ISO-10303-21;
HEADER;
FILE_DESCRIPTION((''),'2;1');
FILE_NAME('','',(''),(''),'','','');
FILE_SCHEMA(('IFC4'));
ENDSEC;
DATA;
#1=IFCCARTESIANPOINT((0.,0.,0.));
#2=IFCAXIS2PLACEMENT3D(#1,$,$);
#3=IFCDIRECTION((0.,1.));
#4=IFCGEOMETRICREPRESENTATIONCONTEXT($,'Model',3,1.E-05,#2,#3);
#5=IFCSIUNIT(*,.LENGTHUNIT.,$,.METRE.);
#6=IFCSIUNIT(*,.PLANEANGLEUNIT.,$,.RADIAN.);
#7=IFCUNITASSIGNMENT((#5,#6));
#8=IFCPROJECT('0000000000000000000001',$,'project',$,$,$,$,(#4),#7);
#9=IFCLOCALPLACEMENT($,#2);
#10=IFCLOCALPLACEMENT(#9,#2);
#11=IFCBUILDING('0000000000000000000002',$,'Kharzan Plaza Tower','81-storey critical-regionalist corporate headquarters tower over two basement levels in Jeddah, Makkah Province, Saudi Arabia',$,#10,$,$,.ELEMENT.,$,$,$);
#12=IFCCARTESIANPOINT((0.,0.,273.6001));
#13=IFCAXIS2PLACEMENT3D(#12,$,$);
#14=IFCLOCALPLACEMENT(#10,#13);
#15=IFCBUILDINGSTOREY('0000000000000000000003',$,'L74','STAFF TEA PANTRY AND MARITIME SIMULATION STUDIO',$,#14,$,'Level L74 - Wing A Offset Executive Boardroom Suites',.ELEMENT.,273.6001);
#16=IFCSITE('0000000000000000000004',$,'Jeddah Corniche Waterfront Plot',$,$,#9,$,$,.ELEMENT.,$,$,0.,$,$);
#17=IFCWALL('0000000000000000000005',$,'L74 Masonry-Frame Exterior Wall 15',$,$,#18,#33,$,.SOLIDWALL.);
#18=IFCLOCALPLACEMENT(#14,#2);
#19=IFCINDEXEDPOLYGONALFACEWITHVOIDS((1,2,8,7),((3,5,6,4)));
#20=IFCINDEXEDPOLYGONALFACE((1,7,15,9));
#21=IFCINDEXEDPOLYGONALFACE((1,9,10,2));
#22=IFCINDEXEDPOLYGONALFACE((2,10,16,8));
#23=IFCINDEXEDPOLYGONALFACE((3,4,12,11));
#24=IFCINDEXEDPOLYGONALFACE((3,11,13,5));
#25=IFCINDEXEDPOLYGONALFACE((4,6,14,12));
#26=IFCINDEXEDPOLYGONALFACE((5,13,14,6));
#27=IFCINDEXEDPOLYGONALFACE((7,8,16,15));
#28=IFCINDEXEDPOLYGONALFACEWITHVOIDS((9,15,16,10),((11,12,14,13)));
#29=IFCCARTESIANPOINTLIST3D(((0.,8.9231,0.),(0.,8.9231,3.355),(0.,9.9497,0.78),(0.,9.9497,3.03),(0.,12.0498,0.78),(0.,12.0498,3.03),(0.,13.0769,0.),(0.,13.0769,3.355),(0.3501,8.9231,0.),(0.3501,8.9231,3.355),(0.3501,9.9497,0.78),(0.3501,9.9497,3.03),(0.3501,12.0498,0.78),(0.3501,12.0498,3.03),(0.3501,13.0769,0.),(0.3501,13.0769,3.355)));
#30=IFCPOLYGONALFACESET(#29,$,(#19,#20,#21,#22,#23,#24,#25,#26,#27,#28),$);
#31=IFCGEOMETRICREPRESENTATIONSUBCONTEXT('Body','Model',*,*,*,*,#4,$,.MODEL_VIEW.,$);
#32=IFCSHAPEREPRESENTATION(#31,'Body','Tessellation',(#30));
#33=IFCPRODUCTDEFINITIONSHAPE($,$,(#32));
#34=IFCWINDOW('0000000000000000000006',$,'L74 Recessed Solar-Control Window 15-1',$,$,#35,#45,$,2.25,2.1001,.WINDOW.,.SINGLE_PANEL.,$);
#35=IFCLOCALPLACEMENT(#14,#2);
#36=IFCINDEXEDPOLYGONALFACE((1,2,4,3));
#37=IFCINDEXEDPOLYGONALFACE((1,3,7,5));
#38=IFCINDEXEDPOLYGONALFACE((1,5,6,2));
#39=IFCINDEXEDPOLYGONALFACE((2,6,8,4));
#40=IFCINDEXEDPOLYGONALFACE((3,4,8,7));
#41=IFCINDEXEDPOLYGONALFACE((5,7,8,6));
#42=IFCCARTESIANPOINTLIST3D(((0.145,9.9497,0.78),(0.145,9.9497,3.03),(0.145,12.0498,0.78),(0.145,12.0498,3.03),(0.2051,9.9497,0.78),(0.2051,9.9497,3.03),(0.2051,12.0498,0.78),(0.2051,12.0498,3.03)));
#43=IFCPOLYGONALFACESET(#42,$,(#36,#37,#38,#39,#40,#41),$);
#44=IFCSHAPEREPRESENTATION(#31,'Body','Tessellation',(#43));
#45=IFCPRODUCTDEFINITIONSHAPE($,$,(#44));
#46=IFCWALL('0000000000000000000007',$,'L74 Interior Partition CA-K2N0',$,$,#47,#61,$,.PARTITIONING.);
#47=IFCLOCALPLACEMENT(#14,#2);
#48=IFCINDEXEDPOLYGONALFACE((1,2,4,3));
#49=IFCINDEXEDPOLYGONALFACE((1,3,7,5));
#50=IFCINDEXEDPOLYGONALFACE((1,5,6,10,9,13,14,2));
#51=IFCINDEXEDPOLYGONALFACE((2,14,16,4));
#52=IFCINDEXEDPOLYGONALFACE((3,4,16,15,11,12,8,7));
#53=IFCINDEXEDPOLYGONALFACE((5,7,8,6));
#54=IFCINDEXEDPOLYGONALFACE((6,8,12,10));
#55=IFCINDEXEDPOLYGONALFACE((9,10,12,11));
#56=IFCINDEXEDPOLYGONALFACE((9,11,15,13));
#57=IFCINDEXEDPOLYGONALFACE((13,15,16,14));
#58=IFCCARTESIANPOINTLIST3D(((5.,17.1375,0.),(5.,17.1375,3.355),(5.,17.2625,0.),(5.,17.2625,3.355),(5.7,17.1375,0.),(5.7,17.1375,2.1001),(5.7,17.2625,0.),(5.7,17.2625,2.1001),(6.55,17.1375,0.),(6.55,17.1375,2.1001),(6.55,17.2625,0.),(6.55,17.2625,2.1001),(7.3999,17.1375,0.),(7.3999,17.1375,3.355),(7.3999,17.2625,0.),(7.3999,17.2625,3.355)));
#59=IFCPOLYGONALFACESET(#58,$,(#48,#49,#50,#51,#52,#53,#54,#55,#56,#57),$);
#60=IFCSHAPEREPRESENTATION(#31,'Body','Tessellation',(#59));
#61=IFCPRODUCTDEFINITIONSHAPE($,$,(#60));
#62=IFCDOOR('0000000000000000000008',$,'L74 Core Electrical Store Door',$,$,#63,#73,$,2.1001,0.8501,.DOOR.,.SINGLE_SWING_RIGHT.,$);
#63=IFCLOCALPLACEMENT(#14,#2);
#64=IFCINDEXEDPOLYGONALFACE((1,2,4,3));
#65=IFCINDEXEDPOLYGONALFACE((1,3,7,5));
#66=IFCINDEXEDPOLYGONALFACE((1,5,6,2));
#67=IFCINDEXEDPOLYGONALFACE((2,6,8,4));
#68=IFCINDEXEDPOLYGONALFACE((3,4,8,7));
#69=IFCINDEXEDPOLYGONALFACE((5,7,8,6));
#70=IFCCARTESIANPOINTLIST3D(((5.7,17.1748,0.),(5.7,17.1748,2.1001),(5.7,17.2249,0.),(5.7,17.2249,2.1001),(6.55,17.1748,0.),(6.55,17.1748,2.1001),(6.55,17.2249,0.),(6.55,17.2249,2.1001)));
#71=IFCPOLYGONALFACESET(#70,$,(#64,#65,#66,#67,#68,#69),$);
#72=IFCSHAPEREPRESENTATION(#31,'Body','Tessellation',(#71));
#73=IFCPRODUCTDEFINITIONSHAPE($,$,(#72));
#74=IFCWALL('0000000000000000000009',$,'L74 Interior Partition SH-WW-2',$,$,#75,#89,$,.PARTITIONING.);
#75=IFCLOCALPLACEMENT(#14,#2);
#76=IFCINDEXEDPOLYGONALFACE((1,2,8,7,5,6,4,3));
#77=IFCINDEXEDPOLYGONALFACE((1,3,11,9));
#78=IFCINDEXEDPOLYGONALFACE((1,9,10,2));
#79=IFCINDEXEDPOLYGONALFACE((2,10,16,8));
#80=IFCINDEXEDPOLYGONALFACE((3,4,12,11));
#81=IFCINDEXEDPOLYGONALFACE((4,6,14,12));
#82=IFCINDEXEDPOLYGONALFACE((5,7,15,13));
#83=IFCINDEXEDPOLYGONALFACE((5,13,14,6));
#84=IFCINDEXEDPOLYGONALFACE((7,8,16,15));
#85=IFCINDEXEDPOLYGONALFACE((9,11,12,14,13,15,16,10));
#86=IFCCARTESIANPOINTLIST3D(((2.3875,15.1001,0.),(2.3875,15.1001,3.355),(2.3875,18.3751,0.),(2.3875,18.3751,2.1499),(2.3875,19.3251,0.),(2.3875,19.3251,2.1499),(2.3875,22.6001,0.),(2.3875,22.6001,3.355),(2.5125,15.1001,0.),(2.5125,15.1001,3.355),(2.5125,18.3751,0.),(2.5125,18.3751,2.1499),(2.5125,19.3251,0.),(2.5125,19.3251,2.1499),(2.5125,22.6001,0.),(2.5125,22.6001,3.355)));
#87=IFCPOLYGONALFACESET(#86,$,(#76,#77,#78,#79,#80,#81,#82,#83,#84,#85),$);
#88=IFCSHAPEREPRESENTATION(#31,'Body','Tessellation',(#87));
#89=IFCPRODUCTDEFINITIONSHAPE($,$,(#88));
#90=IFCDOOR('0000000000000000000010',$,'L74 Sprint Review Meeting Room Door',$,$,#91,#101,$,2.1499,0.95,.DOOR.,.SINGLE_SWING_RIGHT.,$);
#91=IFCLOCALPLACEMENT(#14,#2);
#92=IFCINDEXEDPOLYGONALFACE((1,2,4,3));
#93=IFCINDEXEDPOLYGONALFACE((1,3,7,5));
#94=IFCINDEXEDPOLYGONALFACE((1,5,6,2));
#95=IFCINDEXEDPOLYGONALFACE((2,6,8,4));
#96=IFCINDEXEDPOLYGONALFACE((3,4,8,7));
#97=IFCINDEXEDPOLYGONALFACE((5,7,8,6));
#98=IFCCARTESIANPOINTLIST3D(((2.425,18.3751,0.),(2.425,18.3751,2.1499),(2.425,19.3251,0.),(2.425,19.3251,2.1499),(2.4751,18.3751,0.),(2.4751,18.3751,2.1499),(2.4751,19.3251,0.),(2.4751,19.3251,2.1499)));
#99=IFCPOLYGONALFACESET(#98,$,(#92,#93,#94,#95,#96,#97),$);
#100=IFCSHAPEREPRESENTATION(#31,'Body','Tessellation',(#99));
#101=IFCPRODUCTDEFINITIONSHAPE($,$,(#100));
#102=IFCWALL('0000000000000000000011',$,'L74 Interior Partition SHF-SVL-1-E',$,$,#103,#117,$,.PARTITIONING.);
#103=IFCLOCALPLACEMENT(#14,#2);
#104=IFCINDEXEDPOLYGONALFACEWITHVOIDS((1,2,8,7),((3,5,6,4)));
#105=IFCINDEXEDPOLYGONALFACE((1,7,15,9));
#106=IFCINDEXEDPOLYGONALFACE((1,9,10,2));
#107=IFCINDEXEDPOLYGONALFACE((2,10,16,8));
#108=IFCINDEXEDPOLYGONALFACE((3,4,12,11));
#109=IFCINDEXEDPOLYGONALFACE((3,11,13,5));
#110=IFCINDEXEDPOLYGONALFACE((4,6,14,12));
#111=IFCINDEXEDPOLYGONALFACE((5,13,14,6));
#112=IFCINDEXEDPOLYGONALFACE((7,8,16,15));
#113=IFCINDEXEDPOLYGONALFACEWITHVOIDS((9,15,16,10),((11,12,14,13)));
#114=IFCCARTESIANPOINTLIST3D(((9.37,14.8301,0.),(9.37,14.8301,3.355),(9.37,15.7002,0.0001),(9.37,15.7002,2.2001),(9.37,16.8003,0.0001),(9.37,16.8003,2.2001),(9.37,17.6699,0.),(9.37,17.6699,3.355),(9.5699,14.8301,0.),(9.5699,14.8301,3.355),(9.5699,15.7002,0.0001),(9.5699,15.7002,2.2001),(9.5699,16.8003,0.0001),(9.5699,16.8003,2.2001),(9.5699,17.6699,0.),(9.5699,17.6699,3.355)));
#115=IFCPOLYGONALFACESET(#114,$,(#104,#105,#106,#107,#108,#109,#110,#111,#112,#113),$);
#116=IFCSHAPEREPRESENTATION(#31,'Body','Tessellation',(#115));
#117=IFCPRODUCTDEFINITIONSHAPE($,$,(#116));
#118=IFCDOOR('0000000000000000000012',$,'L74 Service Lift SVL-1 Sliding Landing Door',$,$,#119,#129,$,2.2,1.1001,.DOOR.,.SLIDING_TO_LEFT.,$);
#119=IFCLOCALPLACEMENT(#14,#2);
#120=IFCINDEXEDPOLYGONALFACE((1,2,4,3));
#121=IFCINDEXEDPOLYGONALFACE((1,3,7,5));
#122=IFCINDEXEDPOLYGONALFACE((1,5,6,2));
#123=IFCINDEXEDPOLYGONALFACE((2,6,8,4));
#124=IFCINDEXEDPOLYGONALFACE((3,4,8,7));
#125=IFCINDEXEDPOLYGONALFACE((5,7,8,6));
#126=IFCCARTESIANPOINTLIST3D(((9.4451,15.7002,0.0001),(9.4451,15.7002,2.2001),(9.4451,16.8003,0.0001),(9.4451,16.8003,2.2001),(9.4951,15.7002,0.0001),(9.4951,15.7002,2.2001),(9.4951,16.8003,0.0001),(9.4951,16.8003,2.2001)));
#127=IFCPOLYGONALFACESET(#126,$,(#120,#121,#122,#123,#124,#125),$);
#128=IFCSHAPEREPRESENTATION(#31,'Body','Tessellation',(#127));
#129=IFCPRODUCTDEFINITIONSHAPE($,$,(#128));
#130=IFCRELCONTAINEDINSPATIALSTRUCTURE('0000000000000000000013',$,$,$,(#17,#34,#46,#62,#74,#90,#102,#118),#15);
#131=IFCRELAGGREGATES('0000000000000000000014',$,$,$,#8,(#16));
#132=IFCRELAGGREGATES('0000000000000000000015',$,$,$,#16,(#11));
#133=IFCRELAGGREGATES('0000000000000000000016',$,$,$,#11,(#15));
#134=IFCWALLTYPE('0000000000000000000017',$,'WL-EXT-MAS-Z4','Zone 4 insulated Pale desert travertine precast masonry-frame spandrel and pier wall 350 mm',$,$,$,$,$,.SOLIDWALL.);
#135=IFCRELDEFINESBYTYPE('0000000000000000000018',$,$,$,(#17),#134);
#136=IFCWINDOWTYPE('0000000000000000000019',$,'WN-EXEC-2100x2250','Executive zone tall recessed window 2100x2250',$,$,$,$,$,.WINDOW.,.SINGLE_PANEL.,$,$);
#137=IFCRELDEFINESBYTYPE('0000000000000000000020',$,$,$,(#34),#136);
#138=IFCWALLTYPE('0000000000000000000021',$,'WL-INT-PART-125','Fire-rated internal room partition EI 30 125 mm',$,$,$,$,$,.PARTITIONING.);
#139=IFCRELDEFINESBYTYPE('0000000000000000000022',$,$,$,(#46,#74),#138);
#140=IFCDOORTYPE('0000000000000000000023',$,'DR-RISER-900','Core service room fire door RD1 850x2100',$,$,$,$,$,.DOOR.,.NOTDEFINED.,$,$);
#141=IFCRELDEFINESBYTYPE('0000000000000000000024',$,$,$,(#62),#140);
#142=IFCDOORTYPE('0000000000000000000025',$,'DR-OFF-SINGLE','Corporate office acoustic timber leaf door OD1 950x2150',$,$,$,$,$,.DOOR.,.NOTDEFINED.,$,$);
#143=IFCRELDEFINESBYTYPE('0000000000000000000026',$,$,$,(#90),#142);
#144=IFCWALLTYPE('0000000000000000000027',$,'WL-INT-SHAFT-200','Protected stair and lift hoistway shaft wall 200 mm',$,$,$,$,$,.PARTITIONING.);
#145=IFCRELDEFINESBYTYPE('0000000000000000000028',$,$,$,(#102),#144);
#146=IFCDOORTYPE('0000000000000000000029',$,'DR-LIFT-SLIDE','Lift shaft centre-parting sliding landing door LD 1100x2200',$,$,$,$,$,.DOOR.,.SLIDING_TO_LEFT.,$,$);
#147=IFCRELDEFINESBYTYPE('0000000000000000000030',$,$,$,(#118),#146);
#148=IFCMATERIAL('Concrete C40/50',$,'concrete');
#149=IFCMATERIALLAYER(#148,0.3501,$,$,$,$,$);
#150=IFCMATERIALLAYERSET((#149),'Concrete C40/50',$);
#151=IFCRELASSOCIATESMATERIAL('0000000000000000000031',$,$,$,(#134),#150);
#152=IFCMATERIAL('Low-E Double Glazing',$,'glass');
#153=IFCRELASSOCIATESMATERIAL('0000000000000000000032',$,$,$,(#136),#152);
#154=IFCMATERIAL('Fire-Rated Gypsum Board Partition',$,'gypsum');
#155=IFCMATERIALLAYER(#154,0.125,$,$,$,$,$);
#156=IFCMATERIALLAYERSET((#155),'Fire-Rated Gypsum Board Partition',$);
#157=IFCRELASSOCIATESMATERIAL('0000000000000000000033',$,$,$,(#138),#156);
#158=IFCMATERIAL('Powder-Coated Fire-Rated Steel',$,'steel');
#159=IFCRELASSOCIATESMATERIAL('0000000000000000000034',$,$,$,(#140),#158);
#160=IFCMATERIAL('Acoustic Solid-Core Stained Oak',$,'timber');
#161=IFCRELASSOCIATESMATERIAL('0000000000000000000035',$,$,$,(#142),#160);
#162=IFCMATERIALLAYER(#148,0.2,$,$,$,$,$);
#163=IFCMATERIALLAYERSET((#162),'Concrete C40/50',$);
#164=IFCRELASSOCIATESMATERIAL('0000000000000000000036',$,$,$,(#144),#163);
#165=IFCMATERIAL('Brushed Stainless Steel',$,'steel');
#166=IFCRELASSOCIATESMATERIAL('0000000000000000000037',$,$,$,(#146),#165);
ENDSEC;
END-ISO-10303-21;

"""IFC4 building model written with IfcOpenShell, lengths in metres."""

from ifc_helpers import new_model, si_unit, direction, frame, frame_2d, origin, place, context, subcontext, project, spatial, rectangle, extrude, source, transform, mapped, material, layer, layer_set, type_object, element, fill, save


model = new_model("IFC4")

# Units and contexts
model_context = context("Model", 3, precision=1e-05, world=origin(), true_north=direction((0.0, 1.0)))
body_context = subcontext(model_context, "Body", "Model", "MODEL_VIEW")
ifc_project = project(units=[si_unit("LENGTHUNIT", "METRE"), si_unit("PLANEANGLEUNIT", "RADIAN")], contexts=[model_context])

# Site, building, storey
site_placement = place(None, origin())
site = spatial("IfcSite", under=ifc_project, at=site_placement, Name="Jeddah Corniche Waterfront Plot", CompositionType="ELEMENT", RefElevation=0.0)
building_placement = place(site_placement, origin())
building = spatial("IfcBuilding", under=site, at=building_placement, Name="Kharzan Plaza Tower", Description="81-storey critical-regionalist corporate headquarters tower over two basement levels in Jeddah, Makkah Province, Saudi Arabia", CompositionType="ELEMENT")
storey_placement = place(building_placement, frame((0.0, 0.0, 273.6001)))
storey = spatial("IfcBuildingStorey", under=building, at=storey_placement, Name="L74", Description="STAFF TEA PANTRY AND MARITIME SIMULATION STUDIO", LongName="Level L74 - Wing A Offset Executive Boardroom Suites", CompositionType="ELEMENT", Elevation=273.6001)

# Wall, opening, window
ifc_material_1 = material(Name="Concrete C40/50", Category="concrete")
ifc_layer_1 = layer(ifc_material_1, 0.3501)
ifc_layer_set_1 = layer_set([ifc_layer_1], Name="Concrete C40/50")
wall_type_1 = type_object("IfcWallType", Name="WL-EXT-MAS-Z4", Description="Zone 4 insulated Pale desert travertine precast masonry-frame spandrel and pier wall 350 mm", PredefinedType="SOLIDWALL", material=ifc_layer_set_1)
ifc_material_2 = material(Name="Low-E Double Glazing", Category="glass")
wall_1_placement = place(storey_placement, frame((0.175, 13.0769, 0.0), z_axis=(0.0, 0.0, 1.0), x_axis=(0.0, -1.0, 0.0)))
wall_1 = element("IfcWall", 1, at=wall_1_placement, inside=storey, type_object=wall_type_1, Name="L74 Masonry-Frame Exterior Wall 15", PredefinedType="SOLIDWALL", context=body_context, shape_type="SweptSolid", body=[
    extrude(rectangle(XDim=4.1538, YDim=0.3501, at=frame_2d((2.0769, 0.0))), origin(), (0.0, 0.0, 1.0), 3.355),
])
opening_1_placement = place(wall_1_placement, frame((1.0271, 0.0, 0.78)))
opening_1 = element("IfcOpeningElement", 2, at=opening_1_placement, cuts=wall_1, PredefinedType="OPENING", context=body_context, shape_type="SweptSolid", body=[
    extrude(rectangle(XDim=2.1001, YDim=2.25, at=frame_2d((1.05, 1.125))), frame((0.0, 0.1851, 0.0), z_axis=(0.0, -1.0, 0.0), x_axis=(1.0, 0.0, 0.0)), (0.0, 0.0, 1.0), 0.3701),
])
window_type_1 = type_object("IfcWindowType", Name="WN-EXEC-2100x2250", Description="Executive zone tall recessed window 2100x2250", PartitioningType="SINGLE_PANEL", PredefinedType="WINDOW", material=ifc_material_2)
shared_shape_1 = source(origin(), body_context, "Body", "SweptSolid", [
    extrude(rectangle(XDim=2.1001, YDim=2.25, at=frame_2d((1.05, 1.125))), frame((0.0, 0.03, 0.0), z_axis=(0.0, -1.0, 0.0), x_axis=(1.0, 0.0, 0.0)), (0.0, 0.0, 1.0), 0.0601),
])
window_1_placement = place(opening_1_placement, origin())
window_1 = element("IfcWindow", 3, at=window_1_placement, inside=storey, type_object=window_type_1, Name="L74 Recessed Solar-Control Window 15-1", OverallHeight=2.25, OverallWidth=2.1001, PartitioningType="SINGLE_PANEL", PredefinedType="WINDOW", context=body_context, shape_type="MappedRepresentation", body=[
    mapped(shared_shape_1, transform((0.0, 0.0, 0.0), x_axis=(1.0, 0.0, 0.0), y_axis=(0.0, 1.0, 0.0), z_axis=(0.0, 0.0, 1.0))),
])
fill(opening_1, window_1)

# Walls, openings, doors
ifc_material_3 = material(Name="Fire-Rated Gypsum Board Partition", Category="gypsum")
ifc_layer_2 = layer(ifc_material_3, 0.125)
ifc_layer_set_2 = layer_set([ifc_layer_2], Name="Fire-Rated Gypsum Board Partition")
wall_type_2 = type_object("IfcWallType", Name="WL-INT-PART-125", Description="Fire-rated internal room partition EI 30 125 mm", PredefinedType="PARTITIONING", material=ifc_layer_set_2)
wall_2_placement = place(storey_placement, frame((5.0, 17.2, 0.0), z_axis=(0.0, 0.0, 1.0), x_axis=(1.0, 0.0, 0.0)))
wall_2 = element("IfcWall", 4, at=wall_2_placement, inside=storey, type_object=wall_type_2, Name="L74 Interior Partition CA-K2N0", PredefinedType="PARTITIONING", context=body_context, shape_type="SweptSolid", body=[
    extrude(rectangle(XDim=2.3999, YDim=0.125, at=frame_2d((1.2, 0.0))), origin(), (0.0, 0.0, 1.0), 3.355),
])
opening_2_placement = place(wall_2_placement, frame((0.7, 0.0, 0.0)))
opening_2 = element("IfcOpeningElement", 5, at=opening_2_placement, cuts=wall_2, PredefinedType="OPENING", context=body_context, shape_type="SweptSolid", body=[
    extrude(rectangle(XDim=0.8501, YDim=2.1001, at=frame_2d((0.425, 1.05))), frame((0.0, 0.0725, 0.0), z_axis=(0.0, -1.0, 0.0), x_axis=(1.0, 0.0, 0.0)), (0.0, 0.0, 1.0), 0.145),
])
ifc_material_4 = material(Name="Powder-Coated Fire-Rated Steel", Category="steel")
door_type_1 = type_object("IfcDoorType", Name="DR-RISER-900", Description="Core service room fire door RD1 850x2100", OperationType="NOTDEFINED", PredefinedType="DOOR", material=ifc_material_4)
shared_shape_2 = source(origin(), body_context, "Body", "SweptSolid", [
    extrude(rectangle(XDim=0.8501, YDim=2.1001, at=frame_2d((0.425, 1.05))), frame((0.0, 0.0249, 0.0), z_axis=(0.0, -1.0, 0.0), x_axis=(1.0, 0.0, 0.0)), (0.0, 0.0, 1.0), 0.05),
])
door_1_placement = place(opening_2_placement, origin())
door_1 = element("IfcDoor", 6, at=door_1_placement, inside=storey, type_object=door_type_1, Name="L74 Core Electrical Store Door", OperationType="SINGLE_SWING_RIGHT", OverallHeight=2.1001, OverallWidth=0.8501, PredefinedType="DOOR", context=body_context, shape_type="MappedRepresentation", body=[
    mapped(shared_shape_2, transform((0.0, 0.0, 0.0), x_axis=(1.0, 0.0, 0.0), y_axis=(0.0, 1.0, 0.0), z_axis=(0.0, 0.0, 1.0))),
])
fill(opening_2, door_1)
wall_3_placement = place(storey_placement, frame((2.45, 15.1001, 0.0), z_axis=(0.0, 0.0, 1.0), x_axis=(0.0, 1.0, 0.0)))
wall_3 = element("IfcWall", 7, at=wall_3_placement, inside=storey, type_object=wall_type_2, Name="L74 Interior Partition SH-WW-2", PredefinedType="PARTITIONING", context=body_context, shape_type="SweptSolid", body=[
    extrude(rectangle(XDim=7.5, YDim=0.125, at=frame_2d((3.75, 0.0))), origin(), (0.0, 0.0, 1.0), 3.355),
])
opening_3_placement = place(wall_3_placement, frame((3.2749, 0.0, 0.0)))
opening_3 = element("IfcOpeningElement", 8, at=opening_3_placement, cuts=wall_3, PredefinedType="OPENING", context=body_context, shape_type="SweptSolid", body=[
    extrude(rectangle(XDim=0.95, YDim=2.1499, at=frame_2d((0.4751, 1.075))), frame((0.0, 0.0725, 0.0), z_axis=(0.0, -1.0, 0.0), x_axis=(1.0, 0.0, 0.0)), (0.0, 0.0, 1.0), 0.145),
])
ifc_material_5 = material(Name="Acoustic Solid-Core Stained Oak", Category="timber")
door_type_2 = type_object("IfcDoorType", Name="DR-OFF-SINGLE", Description="Corporate office acoustic timber leaf door OD1 950x2150", OperationType="NOTDEFINED", PredefinedType="DOOR", material=ifc_material_5)
shared_shape_3 = source(origin(), body_context, "Body", "SweptSolid", [
    extrude(rectangle(XDim=0.95, YDim=2.1499, at=frame_2d((0.4751, 1.075))), frame((0.0, 0.0249, 0.0), z_axis=(0.0, -1.0, 0.0), x_axis=(1.0, 0.0, 0.0)), (0.0, 0.0, 1.0), 0.05),
])
door_2_placement = place(opening_3_placement, origin())
door_2 = element("IfcDoor", 9, at=door_2_placement, inside=storey, type_object=door_type_2, Name="L74 Sprint Review Meeting Room Door", OperationType="SINGLE_SWING_RIGHT", OverallHeight=2.1499, OverallWidth=0.95, PredefinedType="DOOR", context=body_context, shape_type="MappedRepresentation", body=[
    mapped(shared_shape_3, transform((0.0, 0.0, 0.0), x_axis=(1.0, 0.0, 0.0), y_axis=(0.0, 1.0, 0.0), z_axis=(0.0, 0.0, 1.0))),
])
fill(opening_3, door_2)
ifc_layer_3 = layer(ifc_material_1, 0.2)
ifc_layer_set_3 = layer_set([ifc_layer_3], Name="Concrete C40/50")
wall_type_3 = type_object("IfcWallType", Name="WL-INT-SHAFT-200", Description="Protected stair and lift hoistway shaft wall 200 mm", PredefinedType="PARTITIONING", material=ifc_layer_set_3)
wall_4_placement = place(storey_placement, frame((9.47, 14.8301, 0.0), z_axis=(0.0, 0.0, 1.0), x_axis=(0.0, 1.0, 0.0)))
wall_4 = element("IfcWall", 10, at=wall_4_placement, inside=storey, type_object=wall_type_3, Name="L74 Interior Partition SHF-SVL-1-E", PredefinedType="PARTITIONING", context=body_context, shape_type="SweptSolid", body=[
    extrude(rectangle(XDim=2.8398, YDim=0.2, at=frame_2d((1.4199, 0.0))), origin(), (0.0, 0.0, 1.0), 3.355),
])
opening_4_placement = place(wall_4_placement, frame((0.8701, 0.0, 0.0)))
opening_4 = element("IfcOpeningElement", 11, at=opening_4_placement, cuts=wall_4, PredefinedType="OPENING", context=body_context, shape_type="SweptSolid", body=[
    extrude(rectangle(XDim=1.1001, YDim=2.2, at=frame_2d((0.55, 1.1001))), frame((0.0, 0.1099, 0.0), z_axis=(0.0, -1.0, 0.0), x_axis=(1.0, 0.0, 0.0)), (0.0, 0.0, 1.0), 0.22),
])
ifc_material_6 = material(Name="Brushed Stainless Steel", Category="steel")
door_type_3 = type_object("IfcDoorType", Name="DR-LIFT-SLIDE", Description="Lift shaft centre-parting sliding landing door LD 1100x2200", OperationType="SLIDING_TO_LEFT", PredefinedType="DOOR", material=ifc_material_6)
shared_shape_4 = source(origin(), body_context, "Body", "SweptSolid", [
    extrude(rectangle(XDim=1.1001, YDim=2.2, at=frame_2d((0.55, 1.1001))), frame((0.0, 0.0249, 0.0), z_axis=(0.0, -1.0, 0.0), x_axis=(1.0, 0.0, 0.0)), (0.0, 0.0, 1.0), 0.05),
])
door_3_placement = place(opening_4_placement, origin())
door_3 = element("IfcDoor", 12, at=door_3_placement, inside=storey, type_object=door_type_3, Name="L74 Service Lift SVL-1 Sliding Landing Door", OperationType="SLIDING_TO_LEFT", OverallHeight=2.2, OverallWidth=1.1001, PredefinedType="DOOR", context=body_context, shape_type="MappedRepresentation", body=[
    mapped(shared_shape_4, transform((0.0, 0.0, 0.0), x_axis=(1.0, 0.0, 0.0), y_axis=(0.0, 1.0, 0.0), z_axis=(0.0, 0.0, 1.0))),
])
fill(opening_4, door_3)

save(model, "model.ifc")
